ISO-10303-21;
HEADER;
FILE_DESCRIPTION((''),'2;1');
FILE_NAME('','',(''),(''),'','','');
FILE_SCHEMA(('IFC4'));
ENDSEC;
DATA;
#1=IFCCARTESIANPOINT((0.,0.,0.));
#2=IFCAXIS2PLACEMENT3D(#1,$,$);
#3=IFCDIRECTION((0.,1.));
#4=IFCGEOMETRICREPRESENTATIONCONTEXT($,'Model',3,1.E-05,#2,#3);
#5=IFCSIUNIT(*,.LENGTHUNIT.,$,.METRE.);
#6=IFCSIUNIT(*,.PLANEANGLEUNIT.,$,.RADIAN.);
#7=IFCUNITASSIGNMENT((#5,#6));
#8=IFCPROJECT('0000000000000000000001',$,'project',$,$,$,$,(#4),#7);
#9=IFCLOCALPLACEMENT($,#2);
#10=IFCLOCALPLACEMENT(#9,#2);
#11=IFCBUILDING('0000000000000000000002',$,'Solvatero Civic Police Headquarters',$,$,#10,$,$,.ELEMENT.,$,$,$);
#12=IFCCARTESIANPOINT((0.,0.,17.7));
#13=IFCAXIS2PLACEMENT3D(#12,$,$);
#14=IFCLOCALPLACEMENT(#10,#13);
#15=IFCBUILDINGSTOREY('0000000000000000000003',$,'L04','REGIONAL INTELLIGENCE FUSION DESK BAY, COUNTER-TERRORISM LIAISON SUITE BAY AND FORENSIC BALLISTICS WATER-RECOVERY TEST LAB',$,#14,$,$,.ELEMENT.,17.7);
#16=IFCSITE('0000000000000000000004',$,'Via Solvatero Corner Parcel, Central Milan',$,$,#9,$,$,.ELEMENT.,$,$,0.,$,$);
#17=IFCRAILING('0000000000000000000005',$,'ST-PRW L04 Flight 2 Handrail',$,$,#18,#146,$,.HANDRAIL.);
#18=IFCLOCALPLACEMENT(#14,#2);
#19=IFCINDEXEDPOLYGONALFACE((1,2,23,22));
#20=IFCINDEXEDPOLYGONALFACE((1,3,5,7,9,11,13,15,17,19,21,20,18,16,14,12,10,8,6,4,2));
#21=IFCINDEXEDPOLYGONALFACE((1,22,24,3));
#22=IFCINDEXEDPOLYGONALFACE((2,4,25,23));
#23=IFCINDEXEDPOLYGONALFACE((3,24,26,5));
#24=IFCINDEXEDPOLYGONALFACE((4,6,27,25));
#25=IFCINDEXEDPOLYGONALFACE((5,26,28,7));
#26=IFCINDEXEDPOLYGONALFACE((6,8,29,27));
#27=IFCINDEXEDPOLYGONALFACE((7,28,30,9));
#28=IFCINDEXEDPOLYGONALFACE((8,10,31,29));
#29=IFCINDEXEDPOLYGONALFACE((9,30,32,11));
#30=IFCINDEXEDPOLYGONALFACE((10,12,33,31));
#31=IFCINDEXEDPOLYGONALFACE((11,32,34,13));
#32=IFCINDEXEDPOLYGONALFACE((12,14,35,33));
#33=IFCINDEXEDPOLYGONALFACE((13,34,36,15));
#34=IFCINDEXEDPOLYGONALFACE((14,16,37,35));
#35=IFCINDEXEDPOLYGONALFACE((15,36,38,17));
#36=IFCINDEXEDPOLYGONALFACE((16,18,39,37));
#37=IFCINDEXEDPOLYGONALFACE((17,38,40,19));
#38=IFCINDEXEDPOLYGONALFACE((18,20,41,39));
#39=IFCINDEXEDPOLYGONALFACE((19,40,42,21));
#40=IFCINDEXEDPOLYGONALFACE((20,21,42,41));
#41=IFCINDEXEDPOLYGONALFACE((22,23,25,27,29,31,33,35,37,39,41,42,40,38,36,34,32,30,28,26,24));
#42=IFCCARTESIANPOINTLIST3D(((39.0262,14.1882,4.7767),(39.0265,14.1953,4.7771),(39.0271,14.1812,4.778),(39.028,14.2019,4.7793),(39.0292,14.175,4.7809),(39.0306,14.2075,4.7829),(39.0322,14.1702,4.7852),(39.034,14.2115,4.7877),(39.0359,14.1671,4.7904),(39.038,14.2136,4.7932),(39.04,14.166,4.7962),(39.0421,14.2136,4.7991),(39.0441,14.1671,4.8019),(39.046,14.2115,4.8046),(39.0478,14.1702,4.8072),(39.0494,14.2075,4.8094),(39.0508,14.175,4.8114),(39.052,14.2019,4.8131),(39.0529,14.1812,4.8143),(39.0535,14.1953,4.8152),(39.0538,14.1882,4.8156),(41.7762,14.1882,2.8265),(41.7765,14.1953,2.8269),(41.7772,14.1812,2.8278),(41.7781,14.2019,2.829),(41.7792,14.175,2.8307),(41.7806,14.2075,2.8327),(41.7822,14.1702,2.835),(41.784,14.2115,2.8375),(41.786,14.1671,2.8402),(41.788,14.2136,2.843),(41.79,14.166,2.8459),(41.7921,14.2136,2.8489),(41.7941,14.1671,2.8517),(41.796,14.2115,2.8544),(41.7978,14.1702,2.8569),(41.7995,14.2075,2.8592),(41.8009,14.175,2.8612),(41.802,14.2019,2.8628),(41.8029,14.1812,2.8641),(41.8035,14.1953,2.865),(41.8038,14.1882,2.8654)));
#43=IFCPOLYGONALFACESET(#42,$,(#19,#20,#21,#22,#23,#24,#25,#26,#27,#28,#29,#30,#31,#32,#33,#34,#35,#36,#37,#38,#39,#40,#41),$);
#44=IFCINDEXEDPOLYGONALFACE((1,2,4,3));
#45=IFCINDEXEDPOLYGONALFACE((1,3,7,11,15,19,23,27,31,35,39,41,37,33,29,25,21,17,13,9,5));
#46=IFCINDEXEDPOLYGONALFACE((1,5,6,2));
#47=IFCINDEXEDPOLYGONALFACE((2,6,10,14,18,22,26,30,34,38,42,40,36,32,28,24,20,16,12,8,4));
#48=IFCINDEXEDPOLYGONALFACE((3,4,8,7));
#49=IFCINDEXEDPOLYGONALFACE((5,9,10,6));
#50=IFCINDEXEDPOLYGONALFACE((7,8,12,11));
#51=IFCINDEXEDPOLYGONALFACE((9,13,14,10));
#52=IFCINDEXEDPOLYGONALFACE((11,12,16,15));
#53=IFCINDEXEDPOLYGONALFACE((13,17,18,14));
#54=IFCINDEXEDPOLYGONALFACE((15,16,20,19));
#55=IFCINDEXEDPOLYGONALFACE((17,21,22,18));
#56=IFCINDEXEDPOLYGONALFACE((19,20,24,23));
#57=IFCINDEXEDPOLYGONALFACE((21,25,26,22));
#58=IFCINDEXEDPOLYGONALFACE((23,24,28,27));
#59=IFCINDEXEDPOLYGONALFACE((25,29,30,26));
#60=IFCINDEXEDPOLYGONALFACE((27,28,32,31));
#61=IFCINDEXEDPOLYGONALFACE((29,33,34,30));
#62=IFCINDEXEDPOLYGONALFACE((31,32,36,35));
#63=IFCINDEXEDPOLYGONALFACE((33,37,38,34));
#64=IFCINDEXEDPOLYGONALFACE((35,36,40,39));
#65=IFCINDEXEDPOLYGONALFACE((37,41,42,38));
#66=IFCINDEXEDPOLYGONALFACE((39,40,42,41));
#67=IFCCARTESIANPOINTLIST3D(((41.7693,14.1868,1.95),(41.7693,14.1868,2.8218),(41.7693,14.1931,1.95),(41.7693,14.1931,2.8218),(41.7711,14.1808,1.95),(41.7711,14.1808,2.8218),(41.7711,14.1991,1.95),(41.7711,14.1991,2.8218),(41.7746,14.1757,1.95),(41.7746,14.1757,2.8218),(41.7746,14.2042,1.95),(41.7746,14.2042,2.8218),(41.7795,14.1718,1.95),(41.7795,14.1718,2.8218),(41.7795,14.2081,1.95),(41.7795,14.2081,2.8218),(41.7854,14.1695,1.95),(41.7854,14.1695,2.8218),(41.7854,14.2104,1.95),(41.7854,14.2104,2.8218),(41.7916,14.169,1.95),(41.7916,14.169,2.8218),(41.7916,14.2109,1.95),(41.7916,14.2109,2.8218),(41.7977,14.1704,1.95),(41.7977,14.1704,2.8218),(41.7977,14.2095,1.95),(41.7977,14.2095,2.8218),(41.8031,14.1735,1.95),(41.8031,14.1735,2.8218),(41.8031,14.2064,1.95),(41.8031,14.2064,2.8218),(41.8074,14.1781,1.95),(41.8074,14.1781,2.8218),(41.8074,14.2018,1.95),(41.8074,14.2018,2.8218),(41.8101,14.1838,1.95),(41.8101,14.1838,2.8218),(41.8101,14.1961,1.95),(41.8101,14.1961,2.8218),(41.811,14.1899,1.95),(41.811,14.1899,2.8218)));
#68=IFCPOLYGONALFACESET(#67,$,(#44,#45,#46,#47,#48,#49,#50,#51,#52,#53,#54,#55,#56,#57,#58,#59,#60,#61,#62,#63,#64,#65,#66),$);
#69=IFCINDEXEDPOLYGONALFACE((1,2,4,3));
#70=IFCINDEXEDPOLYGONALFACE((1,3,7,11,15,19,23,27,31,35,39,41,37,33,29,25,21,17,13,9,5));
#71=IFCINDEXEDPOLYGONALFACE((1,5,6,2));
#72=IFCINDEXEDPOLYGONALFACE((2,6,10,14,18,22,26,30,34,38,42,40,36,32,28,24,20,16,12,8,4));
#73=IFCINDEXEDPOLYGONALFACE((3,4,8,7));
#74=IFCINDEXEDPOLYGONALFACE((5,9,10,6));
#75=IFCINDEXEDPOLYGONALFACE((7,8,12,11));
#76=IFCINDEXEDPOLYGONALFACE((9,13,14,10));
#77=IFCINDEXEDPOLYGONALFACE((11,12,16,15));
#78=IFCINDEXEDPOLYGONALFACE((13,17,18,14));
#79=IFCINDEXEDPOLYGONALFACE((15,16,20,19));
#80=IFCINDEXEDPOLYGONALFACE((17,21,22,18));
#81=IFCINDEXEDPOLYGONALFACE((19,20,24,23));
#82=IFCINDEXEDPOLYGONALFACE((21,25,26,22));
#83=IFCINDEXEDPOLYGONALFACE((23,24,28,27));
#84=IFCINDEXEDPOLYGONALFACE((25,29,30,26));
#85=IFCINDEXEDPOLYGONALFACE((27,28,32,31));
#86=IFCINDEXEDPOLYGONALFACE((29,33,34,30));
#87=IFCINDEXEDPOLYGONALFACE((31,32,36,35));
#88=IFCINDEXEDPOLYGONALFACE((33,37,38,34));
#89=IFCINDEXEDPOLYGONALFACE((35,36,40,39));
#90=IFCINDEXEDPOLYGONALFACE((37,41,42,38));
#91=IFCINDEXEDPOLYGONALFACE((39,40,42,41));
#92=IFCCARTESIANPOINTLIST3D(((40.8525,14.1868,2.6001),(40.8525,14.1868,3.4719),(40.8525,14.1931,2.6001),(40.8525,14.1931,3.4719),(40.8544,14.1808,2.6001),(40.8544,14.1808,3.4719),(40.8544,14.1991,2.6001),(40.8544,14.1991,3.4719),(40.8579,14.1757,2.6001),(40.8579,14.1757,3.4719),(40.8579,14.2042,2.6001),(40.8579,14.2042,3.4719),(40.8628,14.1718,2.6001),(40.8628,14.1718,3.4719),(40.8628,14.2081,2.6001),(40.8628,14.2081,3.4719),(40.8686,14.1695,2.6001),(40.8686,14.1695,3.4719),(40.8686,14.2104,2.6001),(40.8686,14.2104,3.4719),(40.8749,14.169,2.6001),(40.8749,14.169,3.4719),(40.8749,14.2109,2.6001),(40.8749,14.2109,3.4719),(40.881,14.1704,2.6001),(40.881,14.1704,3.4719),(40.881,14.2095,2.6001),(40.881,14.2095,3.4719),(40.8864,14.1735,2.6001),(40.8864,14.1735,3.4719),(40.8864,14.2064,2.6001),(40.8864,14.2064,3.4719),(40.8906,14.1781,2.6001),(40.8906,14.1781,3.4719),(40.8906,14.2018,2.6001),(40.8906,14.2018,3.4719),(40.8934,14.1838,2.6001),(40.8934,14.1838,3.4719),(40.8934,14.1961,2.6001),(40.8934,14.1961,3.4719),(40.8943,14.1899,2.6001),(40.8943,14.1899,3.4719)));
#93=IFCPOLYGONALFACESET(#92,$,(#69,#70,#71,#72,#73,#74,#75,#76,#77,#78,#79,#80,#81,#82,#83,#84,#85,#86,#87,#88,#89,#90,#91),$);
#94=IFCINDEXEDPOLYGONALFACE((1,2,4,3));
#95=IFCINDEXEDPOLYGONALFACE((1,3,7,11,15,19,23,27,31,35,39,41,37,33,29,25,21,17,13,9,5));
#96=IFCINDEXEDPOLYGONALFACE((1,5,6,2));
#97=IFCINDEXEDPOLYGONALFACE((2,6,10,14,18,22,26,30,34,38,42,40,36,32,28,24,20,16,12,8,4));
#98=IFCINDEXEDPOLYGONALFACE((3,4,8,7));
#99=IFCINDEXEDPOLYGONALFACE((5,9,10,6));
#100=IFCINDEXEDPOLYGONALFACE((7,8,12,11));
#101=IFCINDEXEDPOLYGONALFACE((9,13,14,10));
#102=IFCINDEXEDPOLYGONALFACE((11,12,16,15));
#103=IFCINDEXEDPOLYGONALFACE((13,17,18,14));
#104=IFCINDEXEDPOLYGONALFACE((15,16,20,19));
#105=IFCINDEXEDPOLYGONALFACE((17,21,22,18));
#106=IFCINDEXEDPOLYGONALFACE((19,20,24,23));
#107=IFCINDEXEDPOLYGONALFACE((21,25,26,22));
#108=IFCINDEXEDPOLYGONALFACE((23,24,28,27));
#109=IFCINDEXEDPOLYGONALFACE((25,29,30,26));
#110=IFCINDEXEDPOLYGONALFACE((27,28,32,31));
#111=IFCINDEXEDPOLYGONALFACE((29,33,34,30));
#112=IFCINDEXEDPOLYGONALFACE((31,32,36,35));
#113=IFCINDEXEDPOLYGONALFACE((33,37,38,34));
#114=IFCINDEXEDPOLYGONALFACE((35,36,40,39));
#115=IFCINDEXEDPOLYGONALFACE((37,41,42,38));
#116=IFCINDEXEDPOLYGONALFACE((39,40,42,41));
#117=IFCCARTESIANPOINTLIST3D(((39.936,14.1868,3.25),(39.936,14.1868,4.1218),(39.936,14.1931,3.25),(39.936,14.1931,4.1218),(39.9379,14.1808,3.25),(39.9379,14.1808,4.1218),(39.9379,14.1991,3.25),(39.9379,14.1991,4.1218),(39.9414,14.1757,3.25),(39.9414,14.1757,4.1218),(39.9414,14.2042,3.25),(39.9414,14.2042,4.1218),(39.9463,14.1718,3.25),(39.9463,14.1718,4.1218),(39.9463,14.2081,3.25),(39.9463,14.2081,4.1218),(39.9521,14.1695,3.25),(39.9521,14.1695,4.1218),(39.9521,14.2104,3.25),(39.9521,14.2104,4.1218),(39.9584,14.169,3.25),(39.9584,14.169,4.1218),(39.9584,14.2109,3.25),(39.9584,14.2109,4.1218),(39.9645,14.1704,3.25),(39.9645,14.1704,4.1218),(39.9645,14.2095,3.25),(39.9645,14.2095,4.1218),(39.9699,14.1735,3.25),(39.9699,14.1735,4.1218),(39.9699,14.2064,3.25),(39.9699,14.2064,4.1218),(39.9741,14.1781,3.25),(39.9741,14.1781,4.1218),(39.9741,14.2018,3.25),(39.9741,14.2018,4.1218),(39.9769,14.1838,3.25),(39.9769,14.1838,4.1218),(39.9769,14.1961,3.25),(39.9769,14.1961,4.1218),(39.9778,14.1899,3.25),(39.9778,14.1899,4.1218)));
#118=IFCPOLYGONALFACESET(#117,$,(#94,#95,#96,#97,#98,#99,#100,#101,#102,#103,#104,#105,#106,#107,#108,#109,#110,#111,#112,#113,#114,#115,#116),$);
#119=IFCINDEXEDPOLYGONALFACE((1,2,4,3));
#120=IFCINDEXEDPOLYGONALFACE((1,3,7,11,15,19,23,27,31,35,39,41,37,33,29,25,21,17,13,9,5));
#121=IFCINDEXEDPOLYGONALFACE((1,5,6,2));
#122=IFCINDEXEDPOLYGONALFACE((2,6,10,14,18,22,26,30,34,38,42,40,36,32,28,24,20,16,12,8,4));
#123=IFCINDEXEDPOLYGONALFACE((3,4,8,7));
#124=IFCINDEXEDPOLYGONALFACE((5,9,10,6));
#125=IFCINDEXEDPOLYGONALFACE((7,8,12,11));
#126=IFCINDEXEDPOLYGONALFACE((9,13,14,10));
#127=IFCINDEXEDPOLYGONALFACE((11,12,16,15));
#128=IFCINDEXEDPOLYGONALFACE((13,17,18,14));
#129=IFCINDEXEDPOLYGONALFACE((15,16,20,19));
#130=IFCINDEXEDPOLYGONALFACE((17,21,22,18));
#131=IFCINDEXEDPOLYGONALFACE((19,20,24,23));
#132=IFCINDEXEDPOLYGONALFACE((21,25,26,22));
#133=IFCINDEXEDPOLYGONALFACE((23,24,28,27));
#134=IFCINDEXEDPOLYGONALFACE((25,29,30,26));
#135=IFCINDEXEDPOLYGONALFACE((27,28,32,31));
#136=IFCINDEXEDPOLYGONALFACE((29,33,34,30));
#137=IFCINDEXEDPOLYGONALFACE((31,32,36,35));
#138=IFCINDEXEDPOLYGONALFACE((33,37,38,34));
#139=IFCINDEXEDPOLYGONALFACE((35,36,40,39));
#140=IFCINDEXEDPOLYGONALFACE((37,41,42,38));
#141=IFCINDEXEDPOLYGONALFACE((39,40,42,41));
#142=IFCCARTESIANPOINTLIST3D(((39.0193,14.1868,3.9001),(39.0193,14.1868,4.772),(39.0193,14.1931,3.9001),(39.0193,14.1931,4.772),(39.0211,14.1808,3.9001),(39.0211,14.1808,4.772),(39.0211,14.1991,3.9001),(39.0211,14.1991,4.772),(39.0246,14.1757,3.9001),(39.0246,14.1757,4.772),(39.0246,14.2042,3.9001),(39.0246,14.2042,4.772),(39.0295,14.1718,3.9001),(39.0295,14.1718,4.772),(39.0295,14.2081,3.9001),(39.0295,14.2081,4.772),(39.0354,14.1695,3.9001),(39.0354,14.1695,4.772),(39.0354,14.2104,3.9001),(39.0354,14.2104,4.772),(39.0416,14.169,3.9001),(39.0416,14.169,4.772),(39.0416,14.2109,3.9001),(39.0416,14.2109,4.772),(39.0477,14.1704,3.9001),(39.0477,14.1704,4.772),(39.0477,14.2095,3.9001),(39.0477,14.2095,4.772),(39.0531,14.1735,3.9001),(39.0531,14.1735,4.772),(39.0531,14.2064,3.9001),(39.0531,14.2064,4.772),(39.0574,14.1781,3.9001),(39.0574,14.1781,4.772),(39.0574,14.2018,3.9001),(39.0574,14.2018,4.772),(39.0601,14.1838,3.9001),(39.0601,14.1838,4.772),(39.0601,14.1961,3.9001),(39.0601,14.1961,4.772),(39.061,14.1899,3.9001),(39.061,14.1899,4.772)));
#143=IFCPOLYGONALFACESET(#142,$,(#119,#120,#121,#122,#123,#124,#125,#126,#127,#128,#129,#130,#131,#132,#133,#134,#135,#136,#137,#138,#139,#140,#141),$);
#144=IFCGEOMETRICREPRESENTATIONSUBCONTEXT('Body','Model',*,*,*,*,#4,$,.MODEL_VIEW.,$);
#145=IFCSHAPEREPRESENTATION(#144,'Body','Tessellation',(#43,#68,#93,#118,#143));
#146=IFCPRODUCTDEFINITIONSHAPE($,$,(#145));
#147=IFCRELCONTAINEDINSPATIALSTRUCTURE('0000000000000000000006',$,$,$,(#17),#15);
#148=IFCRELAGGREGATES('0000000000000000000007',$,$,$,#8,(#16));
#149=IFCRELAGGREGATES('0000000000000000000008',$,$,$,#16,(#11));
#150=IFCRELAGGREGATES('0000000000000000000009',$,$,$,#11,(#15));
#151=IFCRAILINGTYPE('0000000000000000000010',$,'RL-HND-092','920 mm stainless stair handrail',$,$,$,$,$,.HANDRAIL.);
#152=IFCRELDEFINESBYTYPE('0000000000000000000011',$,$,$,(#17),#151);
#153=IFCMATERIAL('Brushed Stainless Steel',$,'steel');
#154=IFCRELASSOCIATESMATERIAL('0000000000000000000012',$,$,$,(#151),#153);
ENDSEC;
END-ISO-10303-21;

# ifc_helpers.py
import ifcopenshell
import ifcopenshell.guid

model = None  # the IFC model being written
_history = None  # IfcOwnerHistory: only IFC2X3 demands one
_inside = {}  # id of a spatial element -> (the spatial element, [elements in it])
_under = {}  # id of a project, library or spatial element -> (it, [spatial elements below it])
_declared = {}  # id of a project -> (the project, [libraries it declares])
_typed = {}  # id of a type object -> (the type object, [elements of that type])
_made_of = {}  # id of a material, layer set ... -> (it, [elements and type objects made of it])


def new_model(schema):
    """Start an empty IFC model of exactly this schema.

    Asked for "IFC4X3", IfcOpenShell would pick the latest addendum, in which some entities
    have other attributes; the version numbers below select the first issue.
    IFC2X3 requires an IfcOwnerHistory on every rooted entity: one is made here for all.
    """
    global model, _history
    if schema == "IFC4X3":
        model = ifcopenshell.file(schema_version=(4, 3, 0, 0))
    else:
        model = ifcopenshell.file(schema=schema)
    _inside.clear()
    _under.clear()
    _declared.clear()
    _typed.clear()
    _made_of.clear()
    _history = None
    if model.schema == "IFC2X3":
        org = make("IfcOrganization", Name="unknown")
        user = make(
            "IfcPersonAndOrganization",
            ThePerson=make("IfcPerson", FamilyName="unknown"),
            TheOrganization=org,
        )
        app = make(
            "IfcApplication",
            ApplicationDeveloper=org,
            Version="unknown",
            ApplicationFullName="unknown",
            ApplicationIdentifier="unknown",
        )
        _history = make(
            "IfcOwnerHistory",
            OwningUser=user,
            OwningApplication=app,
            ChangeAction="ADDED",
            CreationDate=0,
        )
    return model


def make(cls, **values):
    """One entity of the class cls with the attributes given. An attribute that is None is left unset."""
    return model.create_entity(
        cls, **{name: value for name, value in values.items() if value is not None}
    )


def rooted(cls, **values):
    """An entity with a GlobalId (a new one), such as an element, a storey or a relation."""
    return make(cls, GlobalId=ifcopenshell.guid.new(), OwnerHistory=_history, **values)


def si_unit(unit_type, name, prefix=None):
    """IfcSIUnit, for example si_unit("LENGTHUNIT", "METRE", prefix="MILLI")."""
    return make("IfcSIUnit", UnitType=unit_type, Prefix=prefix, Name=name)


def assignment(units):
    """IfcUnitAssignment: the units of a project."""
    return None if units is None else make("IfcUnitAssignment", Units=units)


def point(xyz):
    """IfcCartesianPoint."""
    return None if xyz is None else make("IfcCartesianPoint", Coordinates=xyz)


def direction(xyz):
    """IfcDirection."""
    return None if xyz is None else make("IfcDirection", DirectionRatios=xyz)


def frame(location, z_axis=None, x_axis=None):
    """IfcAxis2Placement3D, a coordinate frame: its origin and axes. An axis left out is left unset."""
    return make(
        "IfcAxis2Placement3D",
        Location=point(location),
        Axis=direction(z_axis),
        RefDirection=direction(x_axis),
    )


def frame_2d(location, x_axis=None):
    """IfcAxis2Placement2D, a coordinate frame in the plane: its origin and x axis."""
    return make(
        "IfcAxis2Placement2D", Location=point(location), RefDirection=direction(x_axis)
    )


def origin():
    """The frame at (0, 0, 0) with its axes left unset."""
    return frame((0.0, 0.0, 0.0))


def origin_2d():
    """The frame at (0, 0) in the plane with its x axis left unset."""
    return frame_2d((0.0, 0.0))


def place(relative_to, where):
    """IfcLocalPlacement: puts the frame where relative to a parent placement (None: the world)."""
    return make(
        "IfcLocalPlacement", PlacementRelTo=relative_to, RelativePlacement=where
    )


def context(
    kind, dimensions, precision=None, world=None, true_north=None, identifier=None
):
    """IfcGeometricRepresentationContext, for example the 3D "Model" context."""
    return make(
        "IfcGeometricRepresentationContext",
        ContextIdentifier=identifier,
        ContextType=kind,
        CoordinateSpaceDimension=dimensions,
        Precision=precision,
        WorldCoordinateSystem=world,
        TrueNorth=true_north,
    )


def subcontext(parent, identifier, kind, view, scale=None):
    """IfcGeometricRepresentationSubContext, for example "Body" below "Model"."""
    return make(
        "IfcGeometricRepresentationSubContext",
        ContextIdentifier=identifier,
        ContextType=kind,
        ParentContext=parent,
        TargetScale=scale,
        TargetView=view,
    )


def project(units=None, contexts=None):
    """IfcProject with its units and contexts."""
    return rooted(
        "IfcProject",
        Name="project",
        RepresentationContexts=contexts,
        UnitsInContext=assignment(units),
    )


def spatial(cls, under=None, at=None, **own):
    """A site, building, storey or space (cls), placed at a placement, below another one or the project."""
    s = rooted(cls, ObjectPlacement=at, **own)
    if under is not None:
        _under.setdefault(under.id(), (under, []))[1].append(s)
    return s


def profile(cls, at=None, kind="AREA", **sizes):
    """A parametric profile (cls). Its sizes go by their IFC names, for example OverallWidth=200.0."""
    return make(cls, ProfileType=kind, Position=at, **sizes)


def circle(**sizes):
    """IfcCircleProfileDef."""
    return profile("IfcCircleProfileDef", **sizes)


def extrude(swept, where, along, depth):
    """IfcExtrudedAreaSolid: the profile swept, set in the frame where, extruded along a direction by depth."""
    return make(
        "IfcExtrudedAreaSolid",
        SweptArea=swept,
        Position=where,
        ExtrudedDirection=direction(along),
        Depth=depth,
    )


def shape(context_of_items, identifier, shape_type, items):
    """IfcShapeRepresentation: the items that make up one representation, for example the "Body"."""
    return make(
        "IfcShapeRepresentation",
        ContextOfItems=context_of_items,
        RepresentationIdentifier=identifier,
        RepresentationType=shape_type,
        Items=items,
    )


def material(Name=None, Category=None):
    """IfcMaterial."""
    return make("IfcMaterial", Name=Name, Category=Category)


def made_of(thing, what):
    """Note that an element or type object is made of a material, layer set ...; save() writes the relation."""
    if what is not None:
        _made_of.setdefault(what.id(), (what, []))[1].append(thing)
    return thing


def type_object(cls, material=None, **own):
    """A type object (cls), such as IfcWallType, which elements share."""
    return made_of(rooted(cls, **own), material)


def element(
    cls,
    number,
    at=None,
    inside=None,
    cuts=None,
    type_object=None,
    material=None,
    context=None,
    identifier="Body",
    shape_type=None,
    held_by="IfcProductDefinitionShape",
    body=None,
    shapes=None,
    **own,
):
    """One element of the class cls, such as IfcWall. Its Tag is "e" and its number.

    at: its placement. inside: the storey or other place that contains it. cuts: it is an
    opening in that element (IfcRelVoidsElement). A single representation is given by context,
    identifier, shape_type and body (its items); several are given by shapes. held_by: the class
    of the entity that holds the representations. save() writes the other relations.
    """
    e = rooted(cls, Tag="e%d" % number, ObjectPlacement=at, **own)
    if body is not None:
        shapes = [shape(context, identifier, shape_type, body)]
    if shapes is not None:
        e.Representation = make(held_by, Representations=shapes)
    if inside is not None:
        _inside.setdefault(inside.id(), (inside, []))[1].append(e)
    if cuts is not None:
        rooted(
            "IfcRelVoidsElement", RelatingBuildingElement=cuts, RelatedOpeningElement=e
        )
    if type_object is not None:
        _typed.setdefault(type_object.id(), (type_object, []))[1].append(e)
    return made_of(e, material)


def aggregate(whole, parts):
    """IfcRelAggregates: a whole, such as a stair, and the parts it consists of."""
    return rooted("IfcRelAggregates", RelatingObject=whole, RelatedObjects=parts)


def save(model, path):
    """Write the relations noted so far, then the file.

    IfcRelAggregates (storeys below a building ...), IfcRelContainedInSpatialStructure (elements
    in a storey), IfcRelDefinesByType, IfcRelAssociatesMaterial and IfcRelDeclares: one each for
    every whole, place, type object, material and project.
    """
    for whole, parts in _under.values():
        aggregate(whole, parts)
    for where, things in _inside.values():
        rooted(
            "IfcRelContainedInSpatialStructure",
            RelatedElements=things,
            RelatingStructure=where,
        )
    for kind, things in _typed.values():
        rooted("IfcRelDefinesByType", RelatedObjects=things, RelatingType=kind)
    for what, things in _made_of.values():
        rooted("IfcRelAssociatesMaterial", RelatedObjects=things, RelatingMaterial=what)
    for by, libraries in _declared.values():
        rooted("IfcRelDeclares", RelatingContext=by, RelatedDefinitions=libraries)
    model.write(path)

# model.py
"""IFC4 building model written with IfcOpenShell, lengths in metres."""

from ifc_helpers import new_model, si_unit, direction, frame, origin, origin_2d, place, context, subcontext, project, spatial, circle, extrude, material, type_object, element, save


model = new_model("IFC4")

# Units and contexts
model_context = context("Model", 3, precision=1e-05, world=origin(), true_north=direction((0.0, 1.0)))
body_context = subcontext(model_context, "Body", "Model", "MODEL_VIEW")
ifc_project = project(units=[si_unit("LENGTHUNIT", "METRE"), si_unit("PLANEANGLEUNIT", "RADIAN")], contexts=[model_context])

# Site, building, storey
site_placement = place(None, origin())
site = spatial("IfcSite", under=ifc_project, at=site_placement, Name="Via Solvatero Corner Parcel, Central Milan", CompositionType="ELEMENT", RefElevation=0.0)
building_placement = place(site_placement, origin())
building = spatial("IfcBuilding", under=site, at=building_placement, Name="Solvatero Civic Police Headquarters", CompositionType="ELEMENT")
storey_placement = place(building_placement, frame((0.0, 0.0, 17.7)))
storey = spatial("IfcBuildingStorey", under=building, at=storey_placement, Name="L04", Description="REGIONAL INTELLIGENCE FUSION DESK BAY, COUNTER-TERRORISM LIAISON SUITE BAY AND FORENSIC BALLISTICS WATER-RECOVERY TEST LAB", CompositionType="ELEMENT", Elevation=17.7)

# Railing
ifc_material_1 = material(Name="Brushed Stainless Steel", Category="steel")
railing_type_1 = type_object("IfcRailingType", Name="RL-HND-092", Description="920 mm stainless stair handrail", PredefinedType="HANDRAIL", material=ifc_material_1)
railing_1_placement = place(storey_placement, frame((41.79, 14.1899, 1.95)))
element("IfcRailing", 1, at=railing_1_placement, inside=storey, type_object=railing_type_1, Name="ST-PRW L04 Flight 2 Handrail", PredefinedType="HANDRAIL", context=body_context, shape_type="SweptSolid", body=[
    extrude(circle(Radius=0.0239, at=origin_2d()), frame((0.0, 0.0, 0.896), z_axis=(-0.815706, 0.0, 0.578467), x_axis=(0.0, -1.0, 0.0)), (0.0, 0.0, 1.0), 3.3713),
    extrude(circle(Radius=0.021, at=origin_2d()), origin(), (0.0, 0.0, 1.0), 0.8718),
    extrude(circle(Radius=0.021, at=origin_2d()), frame((-0.9167, 0.0, 0.6501)), (0.0, 0.0, 1.0), 0.8718),
    extrude(circle(Radius=0.021, at=origin_2d()), frame((-1.8333, 0.0, 1.3)), (0.0, 0.0, 1.0), 0.8718),
    extrude(circle(Radius=0.021, at=origin_2d()), frame((-2.75, 0.0, 1.9502)), (0.0, 0.0, 1.0), 0.8718),
])

save(model, "model.ifc")
